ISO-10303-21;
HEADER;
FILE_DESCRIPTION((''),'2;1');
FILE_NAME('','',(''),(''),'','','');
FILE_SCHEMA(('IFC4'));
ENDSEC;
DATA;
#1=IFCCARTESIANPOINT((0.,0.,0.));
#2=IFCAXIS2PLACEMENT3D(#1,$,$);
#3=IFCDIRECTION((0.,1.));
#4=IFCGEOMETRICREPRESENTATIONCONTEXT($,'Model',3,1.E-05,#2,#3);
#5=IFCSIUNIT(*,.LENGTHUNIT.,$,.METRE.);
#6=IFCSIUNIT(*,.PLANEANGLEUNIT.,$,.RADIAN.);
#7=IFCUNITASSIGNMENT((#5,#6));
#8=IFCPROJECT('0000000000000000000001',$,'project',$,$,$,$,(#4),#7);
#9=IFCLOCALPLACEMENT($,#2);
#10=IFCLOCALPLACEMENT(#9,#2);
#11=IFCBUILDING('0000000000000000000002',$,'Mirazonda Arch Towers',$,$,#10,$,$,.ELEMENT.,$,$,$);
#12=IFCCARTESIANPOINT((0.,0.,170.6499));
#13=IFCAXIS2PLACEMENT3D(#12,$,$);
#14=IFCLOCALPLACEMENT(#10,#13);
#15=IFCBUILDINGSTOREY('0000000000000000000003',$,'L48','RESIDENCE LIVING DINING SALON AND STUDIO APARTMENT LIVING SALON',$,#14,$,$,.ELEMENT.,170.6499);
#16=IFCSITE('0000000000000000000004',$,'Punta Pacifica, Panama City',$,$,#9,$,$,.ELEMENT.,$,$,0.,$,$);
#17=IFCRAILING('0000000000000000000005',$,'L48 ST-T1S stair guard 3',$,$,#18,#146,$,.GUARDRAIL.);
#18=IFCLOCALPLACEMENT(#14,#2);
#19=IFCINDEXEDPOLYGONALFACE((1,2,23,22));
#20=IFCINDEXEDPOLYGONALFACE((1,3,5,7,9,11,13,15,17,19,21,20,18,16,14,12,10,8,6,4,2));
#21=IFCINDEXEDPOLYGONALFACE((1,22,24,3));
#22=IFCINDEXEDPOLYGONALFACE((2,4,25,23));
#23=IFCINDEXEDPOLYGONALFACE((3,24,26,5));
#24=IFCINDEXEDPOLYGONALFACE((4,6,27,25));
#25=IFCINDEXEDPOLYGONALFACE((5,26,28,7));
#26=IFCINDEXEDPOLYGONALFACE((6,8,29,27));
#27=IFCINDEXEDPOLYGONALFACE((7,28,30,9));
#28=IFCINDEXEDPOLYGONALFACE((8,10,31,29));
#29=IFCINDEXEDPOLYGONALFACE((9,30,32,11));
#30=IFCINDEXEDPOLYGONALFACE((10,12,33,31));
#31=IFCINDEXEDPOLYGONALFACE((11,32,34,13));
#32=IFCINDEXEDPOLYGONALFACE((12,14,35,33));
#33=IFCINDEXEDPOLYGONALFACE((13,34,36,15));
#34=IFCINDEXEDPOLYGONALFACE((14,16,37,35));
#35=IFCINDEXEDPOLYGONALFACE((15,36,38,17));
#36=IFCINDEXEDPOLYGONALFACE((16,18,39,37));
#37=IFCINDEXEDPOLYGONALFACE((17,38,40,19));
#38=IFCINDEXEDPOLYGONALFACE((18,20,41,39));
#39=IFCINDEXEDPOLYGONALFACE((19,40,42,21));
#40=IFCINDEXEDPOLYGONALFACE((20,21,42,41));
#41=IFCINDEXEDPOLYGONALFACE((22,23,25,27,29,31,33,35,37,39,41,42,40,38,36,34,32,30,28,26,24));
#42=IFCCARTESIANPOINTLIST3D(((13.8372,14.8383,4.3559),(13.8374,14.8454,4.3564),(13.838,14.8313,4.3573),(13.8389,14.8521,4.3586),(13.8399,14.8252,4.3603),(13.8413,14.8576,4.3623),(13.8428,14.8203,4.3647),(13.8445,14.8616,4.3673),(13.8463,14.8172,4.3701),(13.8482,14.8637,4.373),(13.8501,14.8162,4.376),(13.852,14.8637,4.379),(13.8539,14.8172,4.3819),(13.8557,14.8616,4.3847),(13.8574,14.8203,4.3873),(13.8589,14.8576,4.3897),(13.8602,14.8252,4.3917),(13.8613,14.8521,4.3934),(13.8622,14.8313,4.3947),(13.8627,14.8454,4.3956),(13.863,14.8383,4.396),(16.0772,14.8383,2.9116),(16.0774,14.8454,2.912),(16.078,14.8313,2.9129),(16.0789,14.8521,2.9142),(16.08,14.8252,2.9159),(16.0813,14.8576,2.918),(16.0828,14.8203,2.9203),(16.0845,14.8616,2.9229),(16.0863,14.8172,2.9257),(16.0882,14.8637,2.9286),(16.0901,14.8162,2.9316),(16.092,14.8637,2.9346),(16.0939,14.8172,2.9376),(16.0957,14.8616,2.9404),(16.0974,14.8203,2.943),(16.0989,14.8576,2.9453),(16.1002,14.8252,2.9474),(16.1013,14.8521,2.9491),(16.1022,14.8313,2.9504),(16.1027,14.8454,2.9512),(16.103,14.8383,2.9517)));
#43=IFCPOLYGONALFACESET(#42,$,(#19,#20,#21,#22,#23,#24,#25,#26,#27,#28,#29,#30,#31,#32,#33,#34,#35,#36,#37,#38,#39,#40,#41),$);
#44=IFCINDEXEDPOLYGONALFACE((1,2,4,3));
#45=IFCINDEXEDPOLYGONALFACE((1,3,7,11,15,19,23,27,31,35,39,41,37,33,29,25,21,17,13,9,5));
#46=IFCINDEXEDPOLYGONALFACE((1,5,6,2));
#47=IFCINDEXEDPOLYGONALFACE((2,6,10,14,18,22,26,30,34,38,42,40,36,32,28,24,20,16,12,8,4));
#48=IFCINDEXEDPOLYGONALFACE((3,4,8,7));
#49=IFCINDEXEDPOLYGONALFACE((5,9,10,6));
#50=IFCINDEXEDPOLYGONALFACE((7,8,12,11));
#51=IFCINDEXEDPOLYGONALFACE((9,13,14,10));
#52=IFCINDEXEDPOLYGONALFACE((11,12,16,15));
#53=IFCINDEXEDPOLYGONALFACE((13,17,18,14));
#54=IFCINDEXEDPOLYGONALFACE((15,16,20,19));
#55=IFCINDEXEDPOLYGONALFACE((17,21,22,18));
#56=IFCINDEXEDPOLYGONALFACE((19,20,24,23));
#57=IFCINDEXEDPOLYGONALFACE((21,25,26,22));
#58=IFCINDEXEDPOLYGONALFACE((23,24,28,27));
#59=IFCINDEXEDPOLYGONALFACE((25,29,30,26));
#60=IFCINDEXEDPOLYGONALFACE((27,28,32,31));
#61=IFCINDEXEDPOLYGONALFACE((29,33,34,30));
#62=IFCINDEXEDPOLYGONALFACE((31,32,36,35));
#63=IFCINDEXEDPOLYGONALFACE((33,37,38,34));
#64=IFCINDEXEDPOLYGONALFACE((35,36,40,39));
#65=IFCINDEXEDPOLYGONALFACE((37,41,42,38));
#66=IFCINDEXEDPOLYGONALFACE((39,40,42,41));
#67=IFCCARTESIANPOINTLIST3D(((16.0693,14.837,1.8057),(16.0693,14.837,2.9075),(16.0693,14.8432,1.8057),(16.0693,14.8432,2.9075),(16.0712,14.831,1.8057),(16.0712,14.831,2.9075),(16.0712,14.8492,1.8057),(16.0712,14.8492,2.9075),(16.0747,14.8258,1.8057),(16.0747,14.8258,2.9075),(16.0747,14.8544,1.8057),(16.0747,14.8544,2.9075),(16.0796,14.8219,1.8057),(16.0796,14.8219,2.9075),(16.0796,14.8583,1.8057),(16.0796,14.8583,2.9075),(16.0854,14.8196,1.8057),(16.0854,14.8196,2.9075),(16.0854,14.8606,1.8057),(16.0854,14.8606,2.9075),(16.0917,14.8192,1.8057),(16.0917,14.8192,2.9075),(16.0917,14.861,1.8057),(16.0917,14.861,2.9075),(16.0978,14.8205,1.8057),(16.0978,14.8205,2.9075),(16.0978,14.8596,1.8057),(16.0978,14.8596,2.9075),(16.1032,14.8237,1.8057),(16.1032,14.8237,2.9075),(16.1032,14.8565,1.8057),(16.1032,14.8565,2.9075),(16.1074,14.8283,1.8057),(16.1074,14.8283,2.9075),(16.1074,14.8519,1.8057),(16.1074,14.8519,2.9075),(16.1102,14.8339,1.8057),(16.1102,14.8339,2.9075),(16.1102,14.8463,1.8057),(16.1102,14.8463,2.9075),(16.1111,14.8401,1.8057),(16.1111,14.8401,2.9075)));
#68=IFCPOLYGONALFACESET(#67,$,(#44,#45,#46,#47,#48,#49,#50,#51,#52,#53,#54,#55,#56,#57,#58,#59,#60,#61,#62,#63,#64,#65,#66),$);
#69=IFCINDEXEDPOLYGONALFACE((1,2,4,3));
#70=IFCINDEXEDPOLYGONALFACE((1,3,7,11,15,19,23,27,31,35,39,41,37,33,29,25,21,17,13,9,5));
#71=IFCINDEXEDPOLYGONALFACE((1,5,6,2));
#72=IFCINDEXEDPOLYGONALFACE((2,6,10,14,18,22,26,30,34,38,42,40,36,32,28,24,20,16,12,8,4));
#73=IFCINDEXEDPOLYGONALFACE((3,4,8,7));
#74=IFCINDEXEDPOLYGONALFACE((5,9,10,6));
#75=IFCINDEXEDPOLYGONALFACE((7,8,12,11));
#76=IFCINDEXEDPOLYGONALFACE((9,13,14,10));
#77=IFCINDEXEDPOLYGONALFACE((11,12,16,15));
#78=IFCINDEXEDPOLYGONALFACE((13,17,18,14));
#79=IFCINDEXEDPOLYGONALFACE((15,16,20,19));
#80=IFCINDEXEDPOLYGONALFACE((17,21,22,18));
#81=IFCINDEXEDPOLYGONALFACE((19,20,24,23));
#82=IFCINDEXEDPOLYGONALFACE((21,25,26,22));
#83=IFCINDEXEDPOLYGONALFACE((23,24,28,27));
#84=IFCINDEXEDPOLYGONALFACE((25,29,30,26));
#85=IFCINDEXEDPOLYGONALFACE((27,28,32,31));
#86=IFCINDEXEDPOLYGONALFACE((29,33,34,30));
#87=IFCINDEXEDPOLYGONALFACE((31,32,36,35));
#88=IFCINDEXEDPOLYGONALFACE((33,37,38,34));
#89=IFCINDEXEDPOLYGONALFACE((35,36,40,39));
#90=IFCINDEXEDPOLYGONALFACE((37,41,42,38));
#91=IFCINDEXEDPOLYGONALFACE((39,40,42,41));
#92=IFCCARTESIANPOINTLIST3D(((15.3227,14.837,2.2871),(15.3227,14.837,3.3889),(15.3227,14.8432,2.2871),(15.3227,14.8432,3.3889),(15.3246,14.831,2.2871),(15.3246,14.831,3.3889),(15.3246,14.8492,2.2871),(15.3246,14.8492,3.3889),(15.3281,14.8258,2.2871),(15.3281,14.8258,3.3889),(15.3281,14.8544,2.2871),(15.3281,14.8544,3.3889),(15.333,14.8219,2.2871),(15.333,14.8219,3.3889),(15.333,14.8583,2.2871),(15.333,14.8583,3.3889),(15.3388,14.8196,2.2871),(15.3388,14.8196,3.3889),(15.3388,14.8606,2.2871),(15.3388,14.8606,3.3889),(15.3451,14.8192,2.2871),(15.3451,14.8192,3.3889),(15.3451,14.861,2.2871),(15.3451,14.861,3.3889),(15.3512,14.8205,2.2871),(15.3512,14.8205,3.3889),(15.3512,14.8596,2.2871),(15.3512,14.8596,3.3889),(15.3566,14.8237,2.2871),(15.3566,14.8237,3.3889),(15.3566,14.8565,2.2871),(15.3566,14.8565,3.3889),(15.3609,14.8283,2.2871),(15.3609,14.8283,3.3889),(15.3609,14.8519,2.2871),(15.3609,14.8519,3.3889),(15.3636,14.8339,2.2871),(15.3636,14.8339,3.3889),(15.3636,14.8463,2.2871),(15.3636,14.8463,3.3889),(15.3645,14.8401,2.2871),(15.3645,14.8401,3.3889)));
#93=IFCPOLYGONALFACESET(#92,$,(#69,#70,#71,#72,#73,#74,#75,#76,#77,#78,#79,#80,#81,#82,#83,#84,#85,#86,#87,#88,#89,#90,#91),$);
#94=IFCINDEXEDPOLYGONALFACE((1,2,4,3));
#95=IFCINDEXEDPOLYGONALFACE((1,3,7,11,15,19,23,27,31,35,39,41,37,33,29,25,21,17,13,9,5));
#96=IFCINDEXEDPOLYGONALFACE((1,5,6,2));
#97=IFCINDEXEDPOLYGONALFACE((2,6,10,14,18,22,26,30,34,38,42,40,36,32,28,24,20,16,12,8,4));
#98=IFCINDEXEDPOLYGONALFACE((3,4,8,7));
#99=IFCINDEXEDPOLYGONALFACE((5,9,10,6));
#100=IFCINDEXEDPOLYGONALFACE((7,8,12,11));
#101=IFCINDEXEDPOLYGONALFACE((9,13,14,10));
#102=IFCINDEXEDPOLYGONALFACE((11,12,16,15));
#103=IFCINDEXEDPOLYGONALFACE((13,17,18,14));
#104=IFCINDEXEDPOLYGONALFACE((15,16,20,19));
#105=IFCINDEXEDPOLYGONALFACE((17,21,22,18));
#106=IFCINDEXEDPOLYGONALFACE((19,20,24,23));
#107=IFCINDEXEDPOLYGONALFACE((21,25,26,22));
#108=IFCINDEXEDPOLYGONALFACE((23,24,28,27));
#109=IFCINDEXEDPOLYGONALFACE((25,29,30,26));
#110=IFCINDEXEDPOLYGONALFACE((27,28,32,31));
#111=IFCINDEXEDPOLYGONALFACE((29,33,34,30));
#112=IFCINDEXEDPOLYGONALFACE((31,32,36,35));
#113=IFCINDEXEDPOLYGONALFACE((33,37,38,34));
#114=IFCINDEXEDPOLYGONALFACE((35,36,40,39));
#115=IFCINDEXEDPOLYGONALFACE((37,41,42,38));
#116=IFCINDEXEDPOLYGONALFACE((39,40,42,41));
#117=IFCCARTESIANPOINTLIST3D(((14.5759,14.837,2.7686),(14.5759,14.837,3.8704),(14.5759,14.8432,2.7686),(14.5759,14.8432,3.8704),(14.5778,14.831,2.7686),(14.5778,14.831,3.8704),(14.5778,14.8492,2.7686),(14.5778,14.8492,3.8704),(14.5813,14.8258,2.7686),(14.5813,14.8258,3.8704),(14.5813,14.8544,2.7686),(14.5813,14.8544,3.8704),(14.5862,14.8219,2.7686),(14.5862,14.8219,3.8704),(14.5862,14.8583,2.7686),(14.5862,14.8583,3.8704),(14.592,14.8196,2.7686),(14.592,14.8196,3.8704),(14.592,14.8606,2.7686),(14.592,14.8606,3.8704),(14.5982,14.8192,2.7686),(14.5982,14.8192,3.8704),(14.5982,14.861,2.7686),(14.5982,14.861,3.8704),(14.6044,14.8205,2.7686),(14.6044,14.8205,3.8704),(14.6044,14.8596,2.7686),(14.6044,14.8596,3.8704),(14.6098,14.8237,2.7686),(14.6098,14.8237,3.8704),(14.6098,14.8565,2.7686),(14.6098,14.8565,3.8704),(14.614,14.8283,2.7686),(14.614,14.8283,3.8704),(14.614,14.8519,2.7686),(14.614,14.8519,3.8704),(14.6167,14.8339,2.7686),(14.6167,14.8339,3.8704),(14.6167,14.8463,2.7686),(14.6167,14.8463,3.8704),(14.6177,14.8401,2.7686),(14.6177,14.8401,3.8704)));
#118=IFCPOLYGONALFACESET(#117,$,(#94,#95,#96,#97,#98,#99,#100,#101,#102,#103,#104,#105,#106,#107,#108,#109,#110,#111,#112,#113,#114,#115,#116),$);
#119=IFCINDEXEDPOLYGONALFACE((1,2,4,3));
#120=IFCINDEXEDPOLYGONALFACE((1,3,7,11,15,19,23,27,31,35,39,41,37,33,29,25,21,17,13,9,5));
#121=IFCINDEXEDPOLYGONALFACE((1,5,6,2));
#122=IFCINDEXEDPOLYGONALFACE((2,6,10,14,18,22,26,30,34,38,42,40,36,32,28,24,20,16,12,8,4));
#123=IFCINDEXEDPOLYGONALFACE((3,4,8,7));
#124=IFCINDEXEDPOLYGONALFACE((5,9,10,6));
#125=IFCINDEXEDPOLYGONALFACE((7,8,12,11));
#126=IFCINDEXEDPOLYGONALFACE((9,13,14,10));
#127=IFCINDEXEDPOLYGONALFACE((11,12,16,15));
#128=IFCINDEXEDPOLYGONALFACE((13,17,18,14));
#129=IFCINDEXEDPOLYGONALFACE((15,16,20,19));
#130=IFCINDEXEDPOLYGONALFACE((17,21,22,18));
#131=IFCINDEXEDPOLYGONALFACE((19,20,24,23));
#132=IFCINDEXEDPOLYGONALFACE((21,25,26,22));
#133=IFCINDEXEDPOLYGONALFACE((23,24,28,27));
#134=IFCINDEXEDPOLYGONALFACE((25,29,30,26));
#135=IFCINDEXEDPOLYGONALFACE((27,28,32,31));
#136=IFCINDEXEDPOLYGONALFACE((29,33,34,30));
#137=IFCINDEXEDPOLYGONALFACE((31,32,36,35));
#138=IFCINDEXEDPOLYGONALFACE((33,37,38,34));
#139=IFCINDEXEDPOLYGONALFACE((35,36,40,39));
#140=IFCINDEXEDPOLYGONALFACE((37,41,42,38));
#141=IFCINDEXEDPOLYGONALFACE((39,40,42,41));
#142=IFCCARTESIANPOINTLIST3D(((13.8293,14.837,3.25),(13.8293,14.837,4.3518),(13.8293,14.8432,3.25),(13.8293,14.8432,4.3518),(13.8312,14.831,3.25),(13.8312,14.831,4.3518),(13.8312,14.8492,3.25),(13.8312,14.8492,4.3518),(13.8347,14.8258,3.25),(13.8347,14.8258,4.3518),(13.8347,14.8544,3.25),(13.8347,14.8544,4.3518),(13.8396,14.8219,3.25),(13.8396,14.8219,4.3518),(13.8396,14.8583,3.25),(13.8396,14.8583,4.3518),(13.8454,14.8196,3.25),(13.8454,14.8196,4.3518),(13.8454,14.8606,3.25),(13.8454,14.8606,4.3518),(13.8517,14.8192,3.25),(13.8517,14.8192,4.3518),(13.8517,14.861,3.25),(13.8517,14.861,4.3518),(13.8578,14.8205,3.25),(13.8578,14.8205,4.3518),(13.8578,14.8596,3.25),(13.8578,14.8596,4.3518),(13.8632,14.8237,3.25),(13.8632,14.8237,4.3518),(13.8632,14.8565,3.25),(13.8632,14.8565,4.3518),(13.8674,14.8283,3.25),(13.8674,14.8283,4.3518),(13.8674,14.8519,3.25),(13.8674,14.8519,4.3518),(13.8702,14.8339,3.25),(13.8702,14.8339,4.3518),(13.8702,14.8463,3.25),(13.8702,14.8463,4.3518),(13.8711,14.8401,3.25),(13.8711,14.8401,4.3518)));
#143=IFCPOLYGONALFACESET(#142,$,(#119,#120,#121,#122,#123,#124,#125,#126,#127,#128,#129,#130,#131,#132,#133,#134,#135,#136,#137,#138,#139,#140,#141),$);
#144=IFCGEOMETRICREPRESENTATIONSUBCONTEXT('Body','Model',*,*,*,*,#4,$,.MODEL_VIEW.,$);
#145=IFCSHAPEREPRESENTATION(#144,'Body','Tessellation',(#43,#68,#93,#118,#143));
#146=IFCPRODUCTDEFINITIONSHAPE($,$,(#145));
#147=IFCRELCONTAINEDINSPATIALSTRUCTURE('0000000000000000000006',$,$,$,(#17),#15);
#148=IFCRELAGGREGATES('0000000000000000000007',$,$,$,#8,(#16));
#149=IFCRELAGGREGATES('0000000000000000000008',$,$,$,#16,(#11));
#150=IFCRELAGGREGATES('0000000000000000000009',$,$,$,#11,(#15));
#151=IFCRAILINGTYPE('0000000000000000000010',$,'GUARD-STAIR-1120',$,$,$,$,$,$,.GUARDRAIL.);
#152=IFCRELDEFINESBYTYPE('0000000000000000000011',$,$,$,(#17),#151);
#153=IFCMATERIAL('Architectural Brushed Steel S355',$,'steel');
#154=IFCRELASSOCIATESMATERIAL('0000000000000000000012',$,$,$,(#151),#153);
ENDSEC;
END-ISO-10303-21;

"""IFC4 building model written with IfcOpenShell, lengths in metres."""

from ifc_helpers import new_model, si_unit, direction, frame, origin, origin_2d, place, context, subcontext, project, spatial, circle, extrude, material, type_object, element, save


model = new_model("IFC4")

# Units and contexts
model_context = context("Model", 3, precision=1e-05, world=origin(), true_north=direction((0.0, 1.0)))
body_context = subcontext(model_context, "Body", "Model", "MODEL_VIEW")
ifc_project = project(units=[si_unit("LENGTHUNIT", "METRE"), si_unit("PLANEANGLEUNIT", "RADIAN")], contexts=[model_context])

# Site, building, storey
site_placement = place(None, origin())
site = spatial("IfcSite", under=ifc_project, at=site_placement, Name="Punta Pacifica, Panama City", CompositionType="ELEMENT", RefElevation=0.0)
building_placement = place(site_placement, origin())
building = spatial("IfcBuilding", under=site, at=building_placement, Name="Mirazonda Arch Towers", CompositionType="ELEMENT")
storey_placement = place(building_placement, frame((0.0, 0.0, 170.6499)))
storey = spatial("IfcBuildingStorey", under=building, at=storey_placement, Name="L48", Description="RESIDENCE LIVING DINING SALON AND STUDIO APARTMENT LIVING SALON", CompositionType="ELEMENT", Elevation=170.6499)

# Shared definitions
ifc_material_1 = material(Name="Architectural Brushed Steel S355", Category="steel")

# Railing
railing_type_1 = type_object("IfcRailingType", Name="GUARD-STAIR-1120", PredefinedType="GUARDRAIL", material=ifc_material_1)
railing_1_placement = place(storey_placement, frame((16.0901, 14.8401, 1.8057)))
element("IfcRailing", 1, at=railing_1_placement, inside=storey, type_object=railing_type_1, Name="L48 ST-T1S stair guard 3", PredefinedType="GUARDRAIL", context=body_context, shape_type="SweptSolid", body=[
    extrude(circle(Radius=0.0239, at=origin_2d()), frame((0.0, 0.0, 1.126), z_axis=(-0.840437, 0.0, 0.54191), x_axis=(0.0, -1.0, 0.0)), (0.0, 0.0, 1.0), 2.6653),
    extrude(circle(Radius=0.021, at=origin_2d()), origin(), (0.0, 0.0, 1.0), 1.1018),
    extrude(circle(Radius=0.021, at=origin_2d()), frame((-0.7466, 0.0, 0.4814)), (0.0, 0.0, 1.0), 1.1018),
    extrude(circle(Radius=0.021, at=origin_2d()), frame((-1.4934, 0.0, 0.9629)), (0.0, 0.0, 1.0), 1.1018),
    extrude(circle(Radius=0.021, at=origin_2d()), frame((-2.24, 0.0, 1.4443)), (0.0, 0.0, 1.0), 1.1018),
])

save(model, "model.ifc")
